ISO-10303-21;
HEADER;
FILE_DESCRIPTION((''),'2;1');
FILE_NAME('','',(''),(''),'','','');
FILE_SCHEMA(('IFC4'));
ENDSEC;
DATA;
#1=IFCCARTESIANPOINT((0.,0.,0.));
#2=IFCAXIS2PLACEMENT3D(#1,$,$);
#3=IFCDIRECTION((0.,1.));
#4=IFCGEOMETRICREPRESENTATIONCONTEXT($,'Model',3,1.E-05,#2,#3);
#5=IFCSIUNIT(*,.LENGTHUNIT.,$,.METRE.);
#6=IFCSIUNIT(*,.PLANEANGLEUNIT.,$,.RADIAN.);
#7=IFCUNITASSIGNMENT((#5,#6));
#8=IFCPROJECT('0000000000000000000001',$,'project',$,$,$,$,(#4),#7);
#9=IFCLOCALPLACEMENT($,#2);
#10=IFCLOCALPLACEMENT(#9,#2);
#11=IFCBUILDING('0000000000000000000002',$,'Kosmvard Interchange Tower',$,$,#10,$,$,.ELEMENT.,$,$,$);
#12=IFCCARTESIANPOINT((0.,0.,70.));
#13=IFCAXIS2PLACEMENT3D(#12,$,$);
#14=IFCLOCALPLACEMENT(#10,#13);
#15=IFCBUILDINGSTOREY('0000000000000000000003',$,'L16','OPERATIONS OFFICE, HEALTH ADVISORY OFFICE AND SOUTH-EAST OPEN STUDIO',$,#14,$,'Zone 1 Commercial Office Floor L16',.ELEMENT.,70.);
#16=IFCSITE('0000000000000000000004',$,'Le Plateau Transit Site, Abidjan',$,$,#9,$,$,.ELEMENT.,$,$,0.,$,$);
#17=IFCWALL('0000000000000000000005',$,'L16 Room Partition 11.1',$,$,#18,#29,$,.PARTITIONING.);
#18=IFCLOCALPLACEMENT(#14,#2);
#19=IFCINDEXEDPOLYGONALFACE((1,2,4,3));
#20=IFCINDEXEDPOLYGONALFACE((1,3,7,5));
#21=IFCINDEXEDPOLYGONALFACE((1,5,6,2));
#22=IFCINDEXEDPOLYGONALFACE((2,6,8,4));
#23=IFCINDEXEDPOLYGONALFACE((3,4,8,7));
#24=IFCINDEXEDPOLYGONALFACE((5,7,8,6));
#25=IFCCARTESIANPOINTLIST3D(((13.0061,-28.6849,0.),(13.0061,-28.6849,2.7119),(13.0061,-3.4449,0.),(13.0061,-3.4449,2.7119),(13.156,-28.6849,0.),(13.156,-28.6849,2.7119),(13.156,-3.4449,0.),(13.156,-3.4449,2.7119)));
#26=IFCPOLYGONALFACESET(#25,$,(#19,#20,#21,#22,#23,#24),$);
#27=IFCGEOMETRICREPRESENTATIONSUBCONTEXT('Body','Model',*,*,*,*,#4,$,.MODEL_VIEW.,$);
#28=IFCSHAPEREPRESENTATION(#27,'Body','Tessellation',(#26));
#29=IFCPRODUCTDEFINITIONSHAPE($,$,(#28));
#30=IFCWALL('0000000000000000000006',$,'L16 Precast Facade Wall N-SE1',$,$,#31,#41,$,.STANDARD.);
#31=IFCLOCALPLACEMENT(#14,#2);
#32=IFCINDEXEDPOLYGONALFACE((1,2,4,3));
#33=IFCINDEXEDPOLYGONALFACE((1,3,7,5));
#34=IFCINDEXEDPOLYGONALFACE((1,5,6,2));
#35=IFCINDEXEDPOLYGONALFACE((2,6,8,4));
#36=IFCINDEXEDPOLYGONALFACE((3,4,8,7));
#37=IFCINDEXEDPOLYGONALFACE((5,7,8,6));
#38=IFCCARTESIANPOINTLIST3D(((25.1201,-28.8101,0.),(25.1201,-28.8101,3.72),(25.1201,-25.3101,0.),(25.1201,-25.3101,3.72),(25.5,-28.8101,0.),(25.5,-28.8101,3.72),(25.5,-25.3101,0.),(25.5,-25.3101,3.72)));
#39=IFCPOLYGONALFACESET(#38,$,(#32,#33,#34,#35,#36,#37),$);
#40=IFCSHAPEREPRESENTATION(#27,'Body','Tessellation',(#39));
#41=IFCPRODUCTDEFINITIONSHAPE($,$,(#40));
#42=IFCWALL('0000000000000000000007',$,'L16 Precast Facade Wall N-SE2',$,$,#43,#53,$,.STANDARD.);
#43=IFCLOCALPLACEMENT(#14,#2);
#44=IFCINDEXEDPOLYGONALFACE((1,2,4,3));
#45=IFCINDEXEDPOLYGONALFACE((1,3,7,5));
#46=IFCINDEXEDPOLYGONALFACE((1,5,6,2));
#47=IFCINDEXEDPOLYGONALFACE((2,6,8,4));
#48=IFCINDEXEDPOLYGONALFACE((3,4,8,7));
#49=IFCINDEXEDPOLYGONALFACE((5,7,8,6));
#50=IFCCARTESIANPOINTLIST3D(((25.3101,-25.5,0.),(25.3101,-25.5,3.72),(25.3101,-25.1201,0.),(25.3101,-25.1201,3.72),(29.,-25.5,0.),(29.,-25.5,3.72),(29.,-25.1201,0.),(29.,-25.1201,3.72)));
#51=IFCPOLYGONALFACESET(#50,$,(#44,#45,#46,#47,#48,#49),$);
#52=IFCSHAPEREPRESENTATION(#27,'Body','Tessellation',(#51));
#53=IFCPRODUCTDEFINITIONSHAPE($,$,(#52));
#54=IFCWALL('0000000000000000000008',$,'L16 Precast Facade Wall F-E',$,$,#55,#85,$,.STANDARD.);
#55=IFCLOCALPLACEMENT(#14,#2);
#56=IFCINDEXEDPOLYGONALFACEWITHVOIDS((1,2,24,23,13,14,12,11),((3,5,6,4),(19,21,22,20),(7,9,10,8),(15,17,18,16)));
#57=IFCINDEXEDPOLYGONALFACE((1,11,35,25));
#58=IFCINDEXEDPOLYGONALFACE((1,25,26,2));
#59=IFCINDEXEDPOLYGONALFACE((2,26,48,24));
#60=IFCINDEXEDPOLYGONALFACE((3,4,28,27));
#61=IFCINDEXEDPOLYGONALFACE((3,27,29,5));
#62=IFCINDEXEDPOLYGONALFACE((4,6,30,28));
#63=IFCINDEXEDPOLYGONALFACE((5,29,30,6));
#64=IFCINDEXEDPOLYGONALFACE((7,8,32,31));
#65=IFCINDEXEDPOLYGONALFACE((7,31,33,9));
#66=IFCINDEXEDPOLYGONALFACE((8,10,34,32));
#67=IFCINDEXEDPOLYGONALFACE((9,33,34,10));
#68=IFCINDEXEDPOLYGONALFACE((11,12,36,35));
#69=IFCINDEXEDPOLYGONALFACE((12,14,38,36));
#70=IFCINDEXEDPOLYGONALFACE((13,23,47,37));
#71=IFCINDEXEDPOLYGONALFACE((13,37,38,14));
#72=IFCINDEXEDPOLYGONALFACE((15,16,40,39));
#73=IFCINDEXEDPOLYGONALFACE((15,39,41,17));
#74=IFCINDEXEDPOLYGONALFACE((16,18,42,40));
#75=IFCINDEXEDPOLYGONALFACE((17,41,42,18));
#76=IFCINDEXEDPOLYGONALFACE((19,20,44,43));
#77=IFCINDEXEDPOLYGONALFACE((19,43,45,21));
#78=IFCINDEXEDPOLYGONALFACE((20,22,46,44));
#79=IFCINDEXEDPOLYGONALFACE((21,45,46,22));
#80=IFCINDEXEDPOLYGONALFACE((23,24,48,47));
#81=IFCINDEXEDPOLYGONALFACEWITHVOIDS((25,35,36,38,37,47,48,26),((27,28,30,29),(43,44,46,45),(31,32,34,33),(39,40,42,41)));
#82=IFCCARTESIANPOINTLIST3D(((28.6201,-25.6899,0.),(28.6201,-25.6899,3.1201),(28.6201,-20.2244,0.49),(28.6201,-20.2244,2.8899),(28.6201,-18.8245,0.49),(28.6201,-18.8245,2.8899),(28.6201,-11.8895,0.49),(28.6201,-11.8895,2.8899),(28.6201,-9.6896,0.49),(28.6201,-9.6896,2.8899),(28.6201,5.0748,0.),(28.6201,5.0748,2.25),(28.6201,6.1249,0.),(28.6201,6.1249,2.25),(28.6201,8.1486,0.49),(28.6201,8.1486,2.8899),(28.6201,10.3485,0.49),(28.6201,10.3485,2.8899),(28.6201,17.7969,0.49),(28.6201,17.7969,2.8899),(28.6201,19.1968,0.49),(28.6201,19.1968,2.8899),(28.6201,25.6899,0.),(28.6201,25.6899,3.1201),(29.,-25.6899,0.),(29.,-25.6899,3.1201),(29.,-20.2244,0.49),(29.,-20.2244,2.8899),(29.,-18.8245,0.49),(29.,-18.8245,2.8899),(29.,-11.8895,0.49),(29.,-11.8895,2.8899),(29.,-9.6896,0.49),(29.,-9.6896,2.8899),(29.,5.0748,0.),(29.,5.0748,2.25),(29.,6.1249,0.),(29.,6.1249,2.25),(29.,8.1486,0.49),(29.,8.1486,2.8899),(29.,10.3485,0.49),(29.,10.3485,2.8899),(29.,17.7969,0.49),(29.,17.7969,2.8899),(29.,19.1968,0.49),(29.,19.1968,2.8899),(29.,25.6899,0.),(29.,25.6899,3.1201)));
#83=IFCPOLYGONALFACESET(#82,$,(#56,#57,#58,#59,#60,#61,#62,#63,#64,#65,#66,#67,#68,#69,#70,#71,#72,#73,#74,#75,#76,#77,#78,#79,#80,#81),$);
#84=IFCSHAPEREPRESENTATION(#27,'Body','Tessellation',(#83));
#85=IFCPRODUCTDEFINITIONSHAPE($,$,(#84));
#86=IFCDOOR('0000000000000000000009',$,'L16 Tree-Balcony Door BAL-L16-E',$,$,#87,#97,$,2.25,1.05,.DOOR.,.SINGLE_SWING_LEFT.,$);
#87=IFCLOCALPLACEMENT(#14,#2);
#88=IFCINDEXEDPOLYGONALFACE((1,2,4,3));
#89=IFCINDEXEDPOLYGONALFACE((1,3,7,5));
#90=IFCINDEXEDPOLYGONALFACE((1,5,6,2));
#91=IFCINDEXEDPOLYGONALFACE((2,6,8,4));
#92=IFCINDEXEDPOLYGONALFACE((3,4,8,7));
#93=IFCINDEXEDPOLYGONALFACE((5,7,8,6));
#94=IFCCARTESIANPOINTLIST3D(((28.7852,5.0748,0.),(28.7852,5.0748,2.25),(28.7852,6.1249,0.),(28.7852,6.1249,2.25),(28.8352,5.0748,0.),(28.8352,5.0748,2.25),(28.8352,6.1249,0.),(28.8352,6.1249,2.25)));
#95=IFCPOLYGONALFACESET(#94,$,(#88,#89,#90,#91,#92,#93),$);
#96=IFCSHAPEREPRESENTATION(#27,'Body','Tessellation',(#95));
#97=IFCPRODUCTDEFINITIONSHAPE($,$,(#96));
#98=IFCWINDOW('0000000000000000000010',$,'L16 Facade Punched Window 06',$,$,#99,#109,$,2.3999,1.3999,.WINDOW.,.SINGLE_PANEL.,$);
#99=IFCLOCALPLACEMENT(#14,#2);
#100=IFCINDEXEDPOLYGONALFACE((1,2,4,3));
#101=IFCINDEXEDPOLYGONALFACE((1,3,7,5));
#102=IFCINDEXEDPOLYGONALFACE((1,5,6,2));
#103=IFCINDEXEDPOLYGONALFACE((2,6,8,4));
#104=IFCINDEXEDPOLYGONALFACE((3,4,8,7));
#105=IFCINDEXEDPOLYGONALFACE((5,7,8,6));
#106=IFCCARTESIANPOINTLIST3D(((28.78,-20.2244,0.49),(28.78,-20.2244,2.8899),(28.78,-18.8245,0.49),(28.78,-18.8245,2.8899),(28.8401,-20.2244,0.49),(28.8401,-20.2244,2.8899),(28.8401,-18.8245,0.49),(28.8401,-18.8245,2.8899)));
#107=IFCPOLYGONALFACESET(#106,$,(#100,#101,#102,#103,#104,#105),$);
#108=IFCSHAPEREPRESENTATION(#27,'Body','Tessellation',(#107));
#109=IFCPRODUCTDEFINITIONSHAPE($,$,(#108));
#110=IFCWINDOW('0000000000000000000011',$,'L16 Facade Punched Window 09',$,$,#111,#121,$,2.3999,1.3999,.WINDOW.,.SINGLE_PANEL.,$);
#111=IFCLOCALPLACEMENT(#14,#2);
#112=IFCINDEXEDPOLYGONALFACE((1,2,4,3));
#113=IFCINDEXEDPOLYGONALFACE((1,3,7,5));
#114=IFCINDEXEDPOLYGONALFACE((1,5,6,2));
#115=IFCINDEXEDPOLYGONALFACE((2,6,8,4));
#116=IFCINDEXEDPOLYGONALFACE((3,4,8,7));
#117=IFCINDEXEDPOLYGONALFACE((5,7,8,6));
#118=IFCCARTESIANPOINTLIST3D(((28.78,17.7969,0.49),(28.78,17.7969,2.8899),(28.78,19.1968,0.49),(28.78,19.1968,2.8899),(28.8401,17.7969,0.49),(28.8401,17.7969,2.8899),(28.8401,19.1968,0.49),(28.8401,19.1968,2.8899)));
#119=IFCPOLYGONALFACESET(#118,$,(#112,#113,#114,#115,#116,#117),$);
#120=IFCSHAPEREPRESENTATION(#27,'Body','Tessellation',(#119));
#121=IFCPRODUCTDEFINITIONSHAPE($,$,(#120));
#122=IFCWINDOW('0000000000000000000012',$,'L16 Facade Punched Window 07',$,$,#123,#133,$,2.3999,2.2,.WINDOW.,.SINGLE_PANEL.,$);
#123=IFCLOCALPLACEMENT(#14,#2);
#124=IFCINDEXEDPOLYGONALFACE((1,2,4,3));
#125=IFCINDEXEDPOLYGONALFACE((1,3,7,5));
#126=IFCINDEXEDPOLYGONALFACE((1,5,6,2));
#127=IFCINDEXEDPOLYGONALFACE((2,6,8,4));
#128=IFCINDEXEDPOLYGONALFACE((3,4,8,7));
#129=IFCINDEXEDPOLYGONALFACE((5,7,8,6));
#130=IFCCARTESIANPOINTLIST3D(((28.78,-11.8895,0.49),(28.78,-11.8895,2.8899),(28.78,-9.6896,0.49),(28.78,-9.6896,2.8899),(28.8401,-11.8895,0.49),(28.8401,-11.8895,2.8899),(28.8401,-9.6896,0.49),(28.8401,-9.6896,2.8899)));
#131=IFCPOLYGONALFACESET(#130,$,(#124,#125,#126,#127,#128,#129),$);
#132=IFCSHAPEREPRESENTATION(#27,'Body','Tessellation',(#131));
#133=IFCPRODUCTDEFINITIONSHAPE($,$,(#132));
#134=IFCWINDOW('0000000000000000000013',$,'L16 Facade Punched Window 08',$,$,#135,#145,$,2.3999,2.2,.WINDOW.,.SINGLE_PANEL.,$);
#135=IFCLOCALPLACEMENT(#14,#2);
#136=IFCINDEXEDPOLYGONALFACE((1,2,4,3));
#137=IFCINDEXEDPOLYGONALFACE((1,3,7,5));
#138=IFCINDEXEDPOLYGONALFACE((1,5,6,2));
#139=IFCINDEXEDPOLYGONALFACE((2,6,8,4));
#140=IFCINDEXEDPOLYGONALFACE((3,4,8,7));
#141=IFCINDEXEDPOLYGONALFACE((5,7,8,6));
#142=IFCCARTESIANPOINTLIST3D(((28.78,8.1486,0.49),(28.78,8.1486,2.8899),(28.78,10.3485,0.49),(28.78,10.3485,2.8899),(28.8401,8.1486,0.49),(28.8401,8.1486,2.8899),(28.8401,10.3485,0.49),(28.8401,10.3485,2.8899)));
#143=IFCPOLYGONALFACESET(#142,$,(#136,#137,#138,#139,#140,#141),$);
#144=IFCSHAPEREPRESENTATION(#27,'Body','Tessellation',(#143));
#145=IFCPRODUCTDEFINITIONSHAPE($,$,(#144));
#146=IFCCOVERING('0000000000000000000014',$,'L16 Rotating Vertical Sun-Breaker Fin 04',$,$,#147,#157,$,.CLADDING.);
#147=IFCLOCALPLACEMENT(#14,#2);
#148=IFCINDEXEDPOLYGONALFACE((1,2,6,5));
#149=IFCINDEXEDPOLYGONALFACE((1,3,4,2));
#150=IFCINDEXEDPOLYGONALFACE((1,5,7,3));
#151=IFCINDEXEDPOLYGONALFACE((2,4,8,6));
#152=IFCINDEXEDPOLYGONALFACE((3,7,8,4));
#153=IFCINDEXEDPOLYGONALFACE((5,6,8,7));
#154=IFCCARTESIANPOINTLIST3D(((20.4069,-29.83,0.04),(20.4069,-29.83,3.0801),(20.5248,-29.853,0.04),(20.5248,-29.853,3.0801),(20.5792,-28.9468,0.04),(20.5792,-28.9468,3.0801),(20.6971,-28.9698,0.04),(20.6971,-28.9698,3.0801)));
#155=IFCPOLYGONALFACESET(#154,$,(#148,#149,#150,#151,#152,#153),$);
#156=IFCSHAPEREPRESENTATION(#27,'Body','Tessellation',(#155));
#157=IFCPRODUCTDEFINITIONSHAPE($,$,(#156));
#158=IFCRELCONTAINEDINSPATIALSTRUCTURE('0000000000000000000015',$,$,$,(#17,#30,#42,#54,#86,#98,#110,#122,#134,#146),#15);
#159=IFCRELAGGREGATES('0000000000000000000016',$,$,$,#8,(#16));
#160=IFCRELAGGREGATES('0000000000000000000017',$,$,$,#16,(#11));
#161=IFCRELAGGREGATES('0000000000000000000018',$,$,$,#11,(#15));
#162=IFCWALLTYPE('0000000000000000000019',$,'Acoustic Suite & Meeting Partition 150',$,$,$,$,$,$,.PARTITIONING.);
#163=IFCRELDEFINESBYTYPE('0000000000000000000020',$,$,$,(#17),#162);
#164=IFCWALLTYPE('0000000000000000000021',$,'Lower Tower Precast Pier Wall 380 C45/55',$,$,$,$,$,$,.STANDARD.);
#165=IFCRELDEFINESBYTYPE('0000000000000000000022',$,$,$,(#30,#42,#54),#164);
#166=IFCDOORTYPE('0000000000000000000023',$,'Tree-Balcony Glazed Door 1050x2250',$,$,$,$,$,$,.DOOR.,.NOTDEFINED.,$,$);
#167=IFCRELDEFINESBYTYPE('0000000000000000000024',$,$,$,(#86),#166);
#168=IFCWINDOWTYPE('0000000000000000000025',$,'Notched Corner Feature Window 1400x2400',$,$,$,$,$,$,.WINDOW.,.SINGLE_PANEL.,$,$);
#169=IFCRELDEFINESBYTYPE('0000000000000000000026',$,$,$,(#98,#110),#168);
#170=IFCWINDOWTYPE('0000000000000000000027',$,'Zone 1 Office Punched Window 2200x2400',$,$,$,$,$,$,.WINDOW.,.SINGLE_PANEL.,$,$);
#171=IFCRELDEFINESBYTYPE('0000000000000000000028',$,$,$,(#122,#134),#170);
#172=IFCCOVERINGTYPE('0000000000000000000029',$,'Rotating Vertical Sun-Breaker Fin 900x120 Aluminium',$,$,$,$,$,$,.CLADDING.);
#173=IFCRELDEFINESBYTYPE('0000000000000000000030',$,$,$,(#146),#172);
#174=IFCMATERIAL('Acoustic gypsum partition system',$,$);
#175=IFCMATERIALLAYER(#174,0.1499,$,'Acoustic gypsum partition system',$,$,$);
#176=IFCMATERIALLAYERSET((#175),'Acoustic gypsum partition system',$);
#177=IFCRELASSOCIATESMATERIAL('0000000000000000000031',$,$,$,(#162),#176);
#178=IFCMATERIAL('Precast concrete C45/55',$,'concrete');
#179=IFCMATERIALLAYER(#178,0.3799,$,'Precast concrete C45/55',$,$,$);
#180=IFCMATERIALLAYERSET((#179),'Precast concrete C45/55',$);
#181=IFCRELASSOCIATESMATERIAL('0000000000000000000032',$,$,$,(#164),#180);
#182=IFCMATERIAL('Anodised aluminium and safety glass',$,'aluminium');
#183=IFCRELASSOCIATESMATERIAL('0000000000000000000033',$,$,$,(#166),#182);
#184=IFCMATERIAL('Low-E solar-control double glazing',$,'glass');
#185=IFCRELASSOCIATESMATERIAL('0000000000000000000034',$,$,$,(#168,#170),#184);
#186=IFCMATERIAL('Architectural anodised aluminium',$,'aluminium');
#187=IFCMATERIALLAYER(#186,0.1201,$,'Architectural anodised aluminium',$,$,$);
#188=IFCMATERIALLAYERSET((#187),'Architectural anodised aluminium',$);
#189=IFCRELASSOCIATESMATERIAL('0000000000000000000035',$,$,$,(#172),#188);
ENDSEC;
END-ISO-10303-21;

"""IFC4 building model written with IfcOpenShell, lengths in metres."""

from ifc_helpers import new_model, si_unit, direction, frame, frame_2d, origin, origin_2d, place, context, subcontext, project, spatial, rectangle, extrude, source, transform, mapped, material, layer, layer_set, type_object, element, fill, save


model = new_model("IFC4")

# Units and contexts
model_context = context("Model", 3, precision=1e-05, world=origin(), true_north=direction((0.0, 1.0)))
body_context = subcontext(model_context, "Body", "Model", "MODEL_VIEW")
ifc_project = project(units=[si_unit("LENGTHUNIT", "METRE"), si_unit("PLANEANGLEUNIT", "RADIAN")], contexts=[model_context])

# Site, building, storey
site_placement = place(None, origin())
site = spatial("IfcSite", under=ifc_project, at=site_placement, Name="Le Plateau Transit Site, Abidjan", CompositionType="ELEMENT", RefElevation=0.0)
building_placement = place(site_placement, origin())
building = spatial("IfcBuilding", under=site, at=building_placement, Name="Kosmvard Interchange Tower", CompositionType="ELEMENT")
storey_placement = place(building_placement, frame((0.0, 0.0, 70.0)))
storey = spatial("IfcBuildingStorey", under=building, at=storey_placement, Name="L16", Description="OPERATIONS OFFICE, HEALTH ADVISORY OFFICE AND SOUTH-EAST OPEN STUDIO", LongName="Zone 1 Commercial Office Floor L16", CompositionType="ELEMENT", Elevation=70.0)

# Shared definitions
ifc_material_1 = material(Name="Precast concrete C45/55", Category="concrete")

# Walls
ifc_material_2 = material(Name="Acoustic gypsum partition system")
ifc_layer_1 = layer(ifc_material_2, 0.1499, Name="Acoustic gypsum partition system")
ifc_layer_set_1 = layer_set([ifc_layer_1], Name="Acoustic gypsum partition system")
wall_type_1 = type_object("IfcWallType", Name="Acoustic Suite & Meeting Partition 150", PredefinedType="PARTITIONING", material=ifc_layer_set_1)
wall_1_placement = place(storey_placement, frame((13.0811, -28.6851, 0.0), z_axis=(0.0, 0.0, 1.0), x_axis=(0.0, 1.0, 0.0)))
element("IfcWall", 1, at=wall_1_placement, inside=storey, type_object=wall_type_1, Name="L16 Room Partition 11.1", PredefinedType="PARTITIONING", context=body_context, shape_type="SweptSolid", body=[
    extrude(rectangle(XDim=25.24, YDim=0.1499, at=frame_2d((12.6201, 0.0))), origin(), (0.0, 0.0, 1.0), 2.7119),
])
ifc_layer_2 = layer(ifc_material_1, 0.3799, Name="Precast concrete C45/55")
ifc_layer_set_2 = layer_set([ifc_layer_2], Name="Precast concrete C45/55")
wall_type_2 = type_object("IfcWallType", Name="Lower Tower Precast Pier Wall 380 C45/55", PredefinedType="STANDARD", material=ifc_layer_set_2)
wall_2_placement = place(storey_placement, frame((25.3101, -28.8101, 0.0), z_axis=(0.0, 0.0, 1.0), x_axis=(0.0, 1.0, 0.0)))
element("IfcWall", 2, at=wall_2_placement, inside=storey, type_object=wall_type_2, Name="L16 Precast Facade Wall N-SE1", PredefinedType="STANDARD", context=body_context, shape_type="SweptSolid", body=[
    extrude(rectangle(XDim=3.5, YDim=0.3799, at=frame_2d((1.75, 0.0))), origin(), (0.0, 0.0, 1.0), 3.72),
])
wall_3_placement = place(storey_placement, frame((25.3101, -25.3101, 0.0), z_axis=(0.0, 0.0, 1.0), x_axis=(1.0, 0.0, 0.0)))
element("IfcWall", 3, at=wall_3_placement, inside=storey, type_object=wall_type_2, Name="L16 Precast Facade Wall N-SE2", PredefinedType="STANDARD", context=body_context, shape_type="SweptSolid", body=[
    extrude(rectangle(XDim=3.6899, YDim=0.3799, at=frame_2d((1.845, 0.0))), origin(), (0.0, 0.0, 1.0), 3.72),
])

# Wall, openings, door, windows
wall_4_placement = place(storey_placement, frame((28.8101, -25.6899, 0.0), z_axis=(0.0, 0.0, 1.0), x_axis=(0.0, 1.0, 0.0)))
wall_4 = element("IfcWall", 4, at=wall_4_placement, inside=storey, type_object=wall_type_2, Name="L16 Precast Facade Wall F-E", PredefinedType="STANDARD", context=body_context, shape_type="SweptSolid", body=[
    extrude(rectangle(XDim=51.3799, YDim=0.3799, at=frame_2d((25.6899, 0.0))), origin(), (0.0, 0.0, 1.0), 3.1201),
])
opening_1_placement = place(wall_4_placement, frame((30.7649, 0.0, 0.0)))
opening_1 = element("IfcOpeningElement", 5, at=opening_1_placement, cuts=wall_4, PredefinedType="OPENING", context=body_context, shape_type="SweptSolid", body=[
    extrude(rectangle(XDim=1.05, YDim=2.25, at=frame_2d((0.5249, 1.125))), frame((0.0, 0.2, 0.0), z_axis=(0.0, -1.0, 0.0), x_axis=(1.0, 0.0, 0.0)), (0.0, 0.0, 1.0), 0.3999),
])
opening_2_placement = place(wall_4_placement, frame((5.4656, 0.0, 0.49)))
opening_2 = element("IfcOpeningElement", 6, at=opening_2_placement, cuts=wall_4, PredefinedType="OPENING", context=body_context, shape_type="SweptSolid", body=[
    extrude(rectangle(XDim=1.3999, YDim=2.3999, at=frame_2d((0.7, 1.2))), frame((0.0, 0.2, 0.0), z_axis=(0.0, -1.0, 0.0), x_axis=(1.0, 0.0, 0.0)), (0.0, 0.0, 1.0), 0.3999),
])
opening_3_placement = place(wall_4_placement, frame((13.8003, 0.0, 0.49)))
opening_3 = element("IfcOpeningElement", 7, at=opening_3_placement, cuts=wall_4, PredefinedType="OPENING", context=body_context, shape_type="SweptSolid", body=[
    extrude(rectangle(XDim=2.2, YDim=2.3999, at=frame_2d((1.1001, 1.2))), frame((0.0, 0.2, 0.0), z_axis=(0.0, -1.0, 0.0), x_axis=(1.0, 0.0, 0.0)), (0.0, 0.0, 1.0), 0.3999),
])
opening_4_placement = place(wall_4_placement, frame((33.8384, 0.0, 0.49)))
opening_4 = element("IfcOpeningElement", 8, at=opening_4_placement, cuts=wall_4, PredefinedType="OPENING", context=body_context, shape_type="SweptSolid", body=[
    extrude(rectangle(XDim=2.2, YDim=2.3999, at=frame_2d((1.1001, 1.2))), frame((0.0, 0.2, 0.0), z_axis=(0.0, -1.0, 0.0), x_axis=(1.0, 0.0, 0.0)), (0.0, 0.0, 1.0), 0.3999),
])
opening_5_placement = place(wall_4_placement, frame((43.4868, 0.0, 0.49)))
opening_5 = element("IfcOpeningElement", 9, at=opening_5_placement, cuts=wall_4, PredefinedType="OPENING", context=body_context, shape_type="SweptSolid", body=[
    extrude(rectangle(XDim=1.3999, YDim=2.3999, at=frame_2d((0.7, 1.2))), frame((0.0, 0.2, 0.0), z_axis=(0.0, -1.0, 0.0), x_axis=(1.0, 0.0, 0.0)), (0.0, 0.0, 1.0), 0.3999),
])
ifc_material_3 = material(Name="Anodised aluminium and safety glass", Category="aluminium")
door_type = type_object("IfcDoorType", Name="Tree-Balcony Glazed Door 1050x2250", OperationType="NOTDEFINED", PredefinedType="DOOR", material=ifc_material_3)
shared_shape_1 = source(origin(), body_context, "Body", "SweptSolid", [
    extrude(rectangle(XDim=1.05, YDim=2.25, at=frame_2d((0.5249, 1.125))), frame((0.0, 0.0249, 0.0), z_axis=(0.0, -1.0, 0.0), x_axis=(1.0, 0.0, 0.0)), (0.0, 0.0, 1.0), 0.05),
])
door_placement = place(opening_1_placement, origin())
door = element("IfcDoor", 10, at=door_placement, inside=storey, type_object=door_type, Name="L16 Tree-Balcony Door BAL-L16-E", OperationType="SINGLE_SWING_LEFT", OverallHeight=2.25, OverallWidth=1.05, PredefinedType="DOOR", context=body_context, shape_type="MappedRepresentation", body=[
    mapped(shared_shape_1, transform((0.0, 0.0, 0.0), scale=1.0)),
])
fill(opening_1, door)
ifc_material_4 = material(Name="Low-E solar-control double glazing", Category="glass")
window_type_1 = type_object("IfcWindowType", Name="Notched Corner Feature Window 1400x2400", PartitioningType="SINGLE_PANEL", PredefinedType="WINDOW", material=ifc_material_4)
shared_shape_2 = source(origin(), body_context, "Body", "SweptSolid", [
    extrude(rectangle(XDim=1.3999, YDim=2.3999, at=frame_2d((0.7, 1.2))), frame((0.0, 0.03, 0.0), z_axis=(0.0, -1.0, 0.0), x_axis=(1.0, 0.0, 0.0)), (0.0, 0.0, 1.0), 0.0601),
])
window_1_placement = place(opening_2_placement, origin())
window_1 = element("IfcWindow", 11, at=window_1_placement, inside=storey, type_object=window_type_1, Name="L16 Facade Punched Window 06", OverallHeight=2.3999, OverallWidth=1.3999, PartitioningType="SINGLE_PANEL", PredefinedType="WINDOW", context=body_context, shape_type="MappedRepresentation", body=[
    mapped(shared_shape_2, transform((0.0, 0.0, 0.0), scale=1.0)),
])
fill(opening_2, window_1)
window_2_placement = place(opening_5_placement, origin())
window_2 = element("IfcWindow", 12, at=window_2_placement, inside=storey, type_object=window_type_1, Name="L16 Facade Punched Window 09", OverallHeight=2.3999, OverallWidth=1.3999, PartitioningType="SINGLE_PANEL", PredefinedType="WINDOW", context=body_context, shape_type="MappedRepresentation", body=[
    mapped(shared_shape_2, transform((0.0, 0.0, 0.0), scale=1.0)),
])
fill(opening_5, window_2)
window_type_2 = type_object("IfcWindowType", Name="Zone 1 Office Punched Window 2200x2400", PartitioningType="SINGLE_PANEL", PredefinedType="WINDOW", material=ifc_material_4)
shared_shape_3 = source(origin(), body_context, "Body", "SweptSolid", [
    extrude(rectangle(XDim=2.2, YDim=2.3999, at=frame_2d((1.1001, 1.2))), frame((0.0, 0.03, 0.0), z_axis=(0.0, -1.0, 0.0), x_axis=(1.0, 0.0, 0.0)), (0.0, 0.0, 1.0), 0.0601),
])
window_3_placement = place(opening_3_placement, origin())
window_3 = element("IfcWindow", 13, at=window_3_placement, inside=storey, type_object=window_type_2, Name="L16 Facade Punched Window 07", OverallHeight=2.3999, OverallWidth=2.2, PartitioningType="SINGLE_PANEL", PredefinedType="WINDOW", context=body_context, shape_type="MappedRepresentation", body=[
    mapped(shared_shape_3, transform((0.0, 0.0, 0.0), scale=1.0)),
])
fill(opening_3, window_3)
window_4_placement = place(opening_4_placement, origin())
window_4 = element("IfcWindow", 14, at=window_4_placement, inside=storey, type_object=window_type_2, Name="L16 Facade Punched Window 08", OverallHeight=2.3999, OverallWidth=2.2, PartitioningType="SINGLE_PANEL", PredefinedType="WINDOW", context=body_context, shape_type="MappedRepresentation", body=[
    mapped(shared_shape_3, transform((0.0, 0.0, 0.0), scale=1.0)),
])
fill(opening_4, window_4)

# Covering
ifc_material_5 = material(Name="Architectural anodised aluminium", Category="aluminium")
ifc_layer_3 = layer(ifc_material_5, 0.1201, Name="Architectural anodised aluminium")
ifc_layer_set_3 = layer_set([ifc_layer_3], Name="Architectural anodised aluminium")
covering_type = type_object("IfcCoveringType", Name="Rotating Vertical Sun-Breaker Fin 900x120 Aluminium", PredefinedType="CLADDING", material=ifc_layer_set_3)
shared_shape_4 = source(origin(), body_context, "Body", "SweptSolid", [
    extrude(rectangle(XDim=0.8999, YDim=0.1201, at=origin_2d()), origin(), (0.0, 0.0, 1.0), 3.04),
])
for number, where, z_axis, x_axis, name in (
    (15, (20.552, -29.3999, 0.04), (0.0, 0.0, 1.0), (-0.191494, -0.981494, 0.0), "L16 Rotating Vertical Sun-Breaker Fin 04"),
):
    element("IfcCovering", number, at=place(storey_placement, frame(where, z_axis=z_axis, x_axis=x_axis)), inside=storey, type_object=covering_type, Name=name, PredefinedType="CLADDING", context=body_context, shape_type="MappedRepresentation", body=[
        mapped(shared_shape_4, transform((0.0, 0.0, 0.0), scale=1.0)),
    ])

save(model, "model.ifc")
